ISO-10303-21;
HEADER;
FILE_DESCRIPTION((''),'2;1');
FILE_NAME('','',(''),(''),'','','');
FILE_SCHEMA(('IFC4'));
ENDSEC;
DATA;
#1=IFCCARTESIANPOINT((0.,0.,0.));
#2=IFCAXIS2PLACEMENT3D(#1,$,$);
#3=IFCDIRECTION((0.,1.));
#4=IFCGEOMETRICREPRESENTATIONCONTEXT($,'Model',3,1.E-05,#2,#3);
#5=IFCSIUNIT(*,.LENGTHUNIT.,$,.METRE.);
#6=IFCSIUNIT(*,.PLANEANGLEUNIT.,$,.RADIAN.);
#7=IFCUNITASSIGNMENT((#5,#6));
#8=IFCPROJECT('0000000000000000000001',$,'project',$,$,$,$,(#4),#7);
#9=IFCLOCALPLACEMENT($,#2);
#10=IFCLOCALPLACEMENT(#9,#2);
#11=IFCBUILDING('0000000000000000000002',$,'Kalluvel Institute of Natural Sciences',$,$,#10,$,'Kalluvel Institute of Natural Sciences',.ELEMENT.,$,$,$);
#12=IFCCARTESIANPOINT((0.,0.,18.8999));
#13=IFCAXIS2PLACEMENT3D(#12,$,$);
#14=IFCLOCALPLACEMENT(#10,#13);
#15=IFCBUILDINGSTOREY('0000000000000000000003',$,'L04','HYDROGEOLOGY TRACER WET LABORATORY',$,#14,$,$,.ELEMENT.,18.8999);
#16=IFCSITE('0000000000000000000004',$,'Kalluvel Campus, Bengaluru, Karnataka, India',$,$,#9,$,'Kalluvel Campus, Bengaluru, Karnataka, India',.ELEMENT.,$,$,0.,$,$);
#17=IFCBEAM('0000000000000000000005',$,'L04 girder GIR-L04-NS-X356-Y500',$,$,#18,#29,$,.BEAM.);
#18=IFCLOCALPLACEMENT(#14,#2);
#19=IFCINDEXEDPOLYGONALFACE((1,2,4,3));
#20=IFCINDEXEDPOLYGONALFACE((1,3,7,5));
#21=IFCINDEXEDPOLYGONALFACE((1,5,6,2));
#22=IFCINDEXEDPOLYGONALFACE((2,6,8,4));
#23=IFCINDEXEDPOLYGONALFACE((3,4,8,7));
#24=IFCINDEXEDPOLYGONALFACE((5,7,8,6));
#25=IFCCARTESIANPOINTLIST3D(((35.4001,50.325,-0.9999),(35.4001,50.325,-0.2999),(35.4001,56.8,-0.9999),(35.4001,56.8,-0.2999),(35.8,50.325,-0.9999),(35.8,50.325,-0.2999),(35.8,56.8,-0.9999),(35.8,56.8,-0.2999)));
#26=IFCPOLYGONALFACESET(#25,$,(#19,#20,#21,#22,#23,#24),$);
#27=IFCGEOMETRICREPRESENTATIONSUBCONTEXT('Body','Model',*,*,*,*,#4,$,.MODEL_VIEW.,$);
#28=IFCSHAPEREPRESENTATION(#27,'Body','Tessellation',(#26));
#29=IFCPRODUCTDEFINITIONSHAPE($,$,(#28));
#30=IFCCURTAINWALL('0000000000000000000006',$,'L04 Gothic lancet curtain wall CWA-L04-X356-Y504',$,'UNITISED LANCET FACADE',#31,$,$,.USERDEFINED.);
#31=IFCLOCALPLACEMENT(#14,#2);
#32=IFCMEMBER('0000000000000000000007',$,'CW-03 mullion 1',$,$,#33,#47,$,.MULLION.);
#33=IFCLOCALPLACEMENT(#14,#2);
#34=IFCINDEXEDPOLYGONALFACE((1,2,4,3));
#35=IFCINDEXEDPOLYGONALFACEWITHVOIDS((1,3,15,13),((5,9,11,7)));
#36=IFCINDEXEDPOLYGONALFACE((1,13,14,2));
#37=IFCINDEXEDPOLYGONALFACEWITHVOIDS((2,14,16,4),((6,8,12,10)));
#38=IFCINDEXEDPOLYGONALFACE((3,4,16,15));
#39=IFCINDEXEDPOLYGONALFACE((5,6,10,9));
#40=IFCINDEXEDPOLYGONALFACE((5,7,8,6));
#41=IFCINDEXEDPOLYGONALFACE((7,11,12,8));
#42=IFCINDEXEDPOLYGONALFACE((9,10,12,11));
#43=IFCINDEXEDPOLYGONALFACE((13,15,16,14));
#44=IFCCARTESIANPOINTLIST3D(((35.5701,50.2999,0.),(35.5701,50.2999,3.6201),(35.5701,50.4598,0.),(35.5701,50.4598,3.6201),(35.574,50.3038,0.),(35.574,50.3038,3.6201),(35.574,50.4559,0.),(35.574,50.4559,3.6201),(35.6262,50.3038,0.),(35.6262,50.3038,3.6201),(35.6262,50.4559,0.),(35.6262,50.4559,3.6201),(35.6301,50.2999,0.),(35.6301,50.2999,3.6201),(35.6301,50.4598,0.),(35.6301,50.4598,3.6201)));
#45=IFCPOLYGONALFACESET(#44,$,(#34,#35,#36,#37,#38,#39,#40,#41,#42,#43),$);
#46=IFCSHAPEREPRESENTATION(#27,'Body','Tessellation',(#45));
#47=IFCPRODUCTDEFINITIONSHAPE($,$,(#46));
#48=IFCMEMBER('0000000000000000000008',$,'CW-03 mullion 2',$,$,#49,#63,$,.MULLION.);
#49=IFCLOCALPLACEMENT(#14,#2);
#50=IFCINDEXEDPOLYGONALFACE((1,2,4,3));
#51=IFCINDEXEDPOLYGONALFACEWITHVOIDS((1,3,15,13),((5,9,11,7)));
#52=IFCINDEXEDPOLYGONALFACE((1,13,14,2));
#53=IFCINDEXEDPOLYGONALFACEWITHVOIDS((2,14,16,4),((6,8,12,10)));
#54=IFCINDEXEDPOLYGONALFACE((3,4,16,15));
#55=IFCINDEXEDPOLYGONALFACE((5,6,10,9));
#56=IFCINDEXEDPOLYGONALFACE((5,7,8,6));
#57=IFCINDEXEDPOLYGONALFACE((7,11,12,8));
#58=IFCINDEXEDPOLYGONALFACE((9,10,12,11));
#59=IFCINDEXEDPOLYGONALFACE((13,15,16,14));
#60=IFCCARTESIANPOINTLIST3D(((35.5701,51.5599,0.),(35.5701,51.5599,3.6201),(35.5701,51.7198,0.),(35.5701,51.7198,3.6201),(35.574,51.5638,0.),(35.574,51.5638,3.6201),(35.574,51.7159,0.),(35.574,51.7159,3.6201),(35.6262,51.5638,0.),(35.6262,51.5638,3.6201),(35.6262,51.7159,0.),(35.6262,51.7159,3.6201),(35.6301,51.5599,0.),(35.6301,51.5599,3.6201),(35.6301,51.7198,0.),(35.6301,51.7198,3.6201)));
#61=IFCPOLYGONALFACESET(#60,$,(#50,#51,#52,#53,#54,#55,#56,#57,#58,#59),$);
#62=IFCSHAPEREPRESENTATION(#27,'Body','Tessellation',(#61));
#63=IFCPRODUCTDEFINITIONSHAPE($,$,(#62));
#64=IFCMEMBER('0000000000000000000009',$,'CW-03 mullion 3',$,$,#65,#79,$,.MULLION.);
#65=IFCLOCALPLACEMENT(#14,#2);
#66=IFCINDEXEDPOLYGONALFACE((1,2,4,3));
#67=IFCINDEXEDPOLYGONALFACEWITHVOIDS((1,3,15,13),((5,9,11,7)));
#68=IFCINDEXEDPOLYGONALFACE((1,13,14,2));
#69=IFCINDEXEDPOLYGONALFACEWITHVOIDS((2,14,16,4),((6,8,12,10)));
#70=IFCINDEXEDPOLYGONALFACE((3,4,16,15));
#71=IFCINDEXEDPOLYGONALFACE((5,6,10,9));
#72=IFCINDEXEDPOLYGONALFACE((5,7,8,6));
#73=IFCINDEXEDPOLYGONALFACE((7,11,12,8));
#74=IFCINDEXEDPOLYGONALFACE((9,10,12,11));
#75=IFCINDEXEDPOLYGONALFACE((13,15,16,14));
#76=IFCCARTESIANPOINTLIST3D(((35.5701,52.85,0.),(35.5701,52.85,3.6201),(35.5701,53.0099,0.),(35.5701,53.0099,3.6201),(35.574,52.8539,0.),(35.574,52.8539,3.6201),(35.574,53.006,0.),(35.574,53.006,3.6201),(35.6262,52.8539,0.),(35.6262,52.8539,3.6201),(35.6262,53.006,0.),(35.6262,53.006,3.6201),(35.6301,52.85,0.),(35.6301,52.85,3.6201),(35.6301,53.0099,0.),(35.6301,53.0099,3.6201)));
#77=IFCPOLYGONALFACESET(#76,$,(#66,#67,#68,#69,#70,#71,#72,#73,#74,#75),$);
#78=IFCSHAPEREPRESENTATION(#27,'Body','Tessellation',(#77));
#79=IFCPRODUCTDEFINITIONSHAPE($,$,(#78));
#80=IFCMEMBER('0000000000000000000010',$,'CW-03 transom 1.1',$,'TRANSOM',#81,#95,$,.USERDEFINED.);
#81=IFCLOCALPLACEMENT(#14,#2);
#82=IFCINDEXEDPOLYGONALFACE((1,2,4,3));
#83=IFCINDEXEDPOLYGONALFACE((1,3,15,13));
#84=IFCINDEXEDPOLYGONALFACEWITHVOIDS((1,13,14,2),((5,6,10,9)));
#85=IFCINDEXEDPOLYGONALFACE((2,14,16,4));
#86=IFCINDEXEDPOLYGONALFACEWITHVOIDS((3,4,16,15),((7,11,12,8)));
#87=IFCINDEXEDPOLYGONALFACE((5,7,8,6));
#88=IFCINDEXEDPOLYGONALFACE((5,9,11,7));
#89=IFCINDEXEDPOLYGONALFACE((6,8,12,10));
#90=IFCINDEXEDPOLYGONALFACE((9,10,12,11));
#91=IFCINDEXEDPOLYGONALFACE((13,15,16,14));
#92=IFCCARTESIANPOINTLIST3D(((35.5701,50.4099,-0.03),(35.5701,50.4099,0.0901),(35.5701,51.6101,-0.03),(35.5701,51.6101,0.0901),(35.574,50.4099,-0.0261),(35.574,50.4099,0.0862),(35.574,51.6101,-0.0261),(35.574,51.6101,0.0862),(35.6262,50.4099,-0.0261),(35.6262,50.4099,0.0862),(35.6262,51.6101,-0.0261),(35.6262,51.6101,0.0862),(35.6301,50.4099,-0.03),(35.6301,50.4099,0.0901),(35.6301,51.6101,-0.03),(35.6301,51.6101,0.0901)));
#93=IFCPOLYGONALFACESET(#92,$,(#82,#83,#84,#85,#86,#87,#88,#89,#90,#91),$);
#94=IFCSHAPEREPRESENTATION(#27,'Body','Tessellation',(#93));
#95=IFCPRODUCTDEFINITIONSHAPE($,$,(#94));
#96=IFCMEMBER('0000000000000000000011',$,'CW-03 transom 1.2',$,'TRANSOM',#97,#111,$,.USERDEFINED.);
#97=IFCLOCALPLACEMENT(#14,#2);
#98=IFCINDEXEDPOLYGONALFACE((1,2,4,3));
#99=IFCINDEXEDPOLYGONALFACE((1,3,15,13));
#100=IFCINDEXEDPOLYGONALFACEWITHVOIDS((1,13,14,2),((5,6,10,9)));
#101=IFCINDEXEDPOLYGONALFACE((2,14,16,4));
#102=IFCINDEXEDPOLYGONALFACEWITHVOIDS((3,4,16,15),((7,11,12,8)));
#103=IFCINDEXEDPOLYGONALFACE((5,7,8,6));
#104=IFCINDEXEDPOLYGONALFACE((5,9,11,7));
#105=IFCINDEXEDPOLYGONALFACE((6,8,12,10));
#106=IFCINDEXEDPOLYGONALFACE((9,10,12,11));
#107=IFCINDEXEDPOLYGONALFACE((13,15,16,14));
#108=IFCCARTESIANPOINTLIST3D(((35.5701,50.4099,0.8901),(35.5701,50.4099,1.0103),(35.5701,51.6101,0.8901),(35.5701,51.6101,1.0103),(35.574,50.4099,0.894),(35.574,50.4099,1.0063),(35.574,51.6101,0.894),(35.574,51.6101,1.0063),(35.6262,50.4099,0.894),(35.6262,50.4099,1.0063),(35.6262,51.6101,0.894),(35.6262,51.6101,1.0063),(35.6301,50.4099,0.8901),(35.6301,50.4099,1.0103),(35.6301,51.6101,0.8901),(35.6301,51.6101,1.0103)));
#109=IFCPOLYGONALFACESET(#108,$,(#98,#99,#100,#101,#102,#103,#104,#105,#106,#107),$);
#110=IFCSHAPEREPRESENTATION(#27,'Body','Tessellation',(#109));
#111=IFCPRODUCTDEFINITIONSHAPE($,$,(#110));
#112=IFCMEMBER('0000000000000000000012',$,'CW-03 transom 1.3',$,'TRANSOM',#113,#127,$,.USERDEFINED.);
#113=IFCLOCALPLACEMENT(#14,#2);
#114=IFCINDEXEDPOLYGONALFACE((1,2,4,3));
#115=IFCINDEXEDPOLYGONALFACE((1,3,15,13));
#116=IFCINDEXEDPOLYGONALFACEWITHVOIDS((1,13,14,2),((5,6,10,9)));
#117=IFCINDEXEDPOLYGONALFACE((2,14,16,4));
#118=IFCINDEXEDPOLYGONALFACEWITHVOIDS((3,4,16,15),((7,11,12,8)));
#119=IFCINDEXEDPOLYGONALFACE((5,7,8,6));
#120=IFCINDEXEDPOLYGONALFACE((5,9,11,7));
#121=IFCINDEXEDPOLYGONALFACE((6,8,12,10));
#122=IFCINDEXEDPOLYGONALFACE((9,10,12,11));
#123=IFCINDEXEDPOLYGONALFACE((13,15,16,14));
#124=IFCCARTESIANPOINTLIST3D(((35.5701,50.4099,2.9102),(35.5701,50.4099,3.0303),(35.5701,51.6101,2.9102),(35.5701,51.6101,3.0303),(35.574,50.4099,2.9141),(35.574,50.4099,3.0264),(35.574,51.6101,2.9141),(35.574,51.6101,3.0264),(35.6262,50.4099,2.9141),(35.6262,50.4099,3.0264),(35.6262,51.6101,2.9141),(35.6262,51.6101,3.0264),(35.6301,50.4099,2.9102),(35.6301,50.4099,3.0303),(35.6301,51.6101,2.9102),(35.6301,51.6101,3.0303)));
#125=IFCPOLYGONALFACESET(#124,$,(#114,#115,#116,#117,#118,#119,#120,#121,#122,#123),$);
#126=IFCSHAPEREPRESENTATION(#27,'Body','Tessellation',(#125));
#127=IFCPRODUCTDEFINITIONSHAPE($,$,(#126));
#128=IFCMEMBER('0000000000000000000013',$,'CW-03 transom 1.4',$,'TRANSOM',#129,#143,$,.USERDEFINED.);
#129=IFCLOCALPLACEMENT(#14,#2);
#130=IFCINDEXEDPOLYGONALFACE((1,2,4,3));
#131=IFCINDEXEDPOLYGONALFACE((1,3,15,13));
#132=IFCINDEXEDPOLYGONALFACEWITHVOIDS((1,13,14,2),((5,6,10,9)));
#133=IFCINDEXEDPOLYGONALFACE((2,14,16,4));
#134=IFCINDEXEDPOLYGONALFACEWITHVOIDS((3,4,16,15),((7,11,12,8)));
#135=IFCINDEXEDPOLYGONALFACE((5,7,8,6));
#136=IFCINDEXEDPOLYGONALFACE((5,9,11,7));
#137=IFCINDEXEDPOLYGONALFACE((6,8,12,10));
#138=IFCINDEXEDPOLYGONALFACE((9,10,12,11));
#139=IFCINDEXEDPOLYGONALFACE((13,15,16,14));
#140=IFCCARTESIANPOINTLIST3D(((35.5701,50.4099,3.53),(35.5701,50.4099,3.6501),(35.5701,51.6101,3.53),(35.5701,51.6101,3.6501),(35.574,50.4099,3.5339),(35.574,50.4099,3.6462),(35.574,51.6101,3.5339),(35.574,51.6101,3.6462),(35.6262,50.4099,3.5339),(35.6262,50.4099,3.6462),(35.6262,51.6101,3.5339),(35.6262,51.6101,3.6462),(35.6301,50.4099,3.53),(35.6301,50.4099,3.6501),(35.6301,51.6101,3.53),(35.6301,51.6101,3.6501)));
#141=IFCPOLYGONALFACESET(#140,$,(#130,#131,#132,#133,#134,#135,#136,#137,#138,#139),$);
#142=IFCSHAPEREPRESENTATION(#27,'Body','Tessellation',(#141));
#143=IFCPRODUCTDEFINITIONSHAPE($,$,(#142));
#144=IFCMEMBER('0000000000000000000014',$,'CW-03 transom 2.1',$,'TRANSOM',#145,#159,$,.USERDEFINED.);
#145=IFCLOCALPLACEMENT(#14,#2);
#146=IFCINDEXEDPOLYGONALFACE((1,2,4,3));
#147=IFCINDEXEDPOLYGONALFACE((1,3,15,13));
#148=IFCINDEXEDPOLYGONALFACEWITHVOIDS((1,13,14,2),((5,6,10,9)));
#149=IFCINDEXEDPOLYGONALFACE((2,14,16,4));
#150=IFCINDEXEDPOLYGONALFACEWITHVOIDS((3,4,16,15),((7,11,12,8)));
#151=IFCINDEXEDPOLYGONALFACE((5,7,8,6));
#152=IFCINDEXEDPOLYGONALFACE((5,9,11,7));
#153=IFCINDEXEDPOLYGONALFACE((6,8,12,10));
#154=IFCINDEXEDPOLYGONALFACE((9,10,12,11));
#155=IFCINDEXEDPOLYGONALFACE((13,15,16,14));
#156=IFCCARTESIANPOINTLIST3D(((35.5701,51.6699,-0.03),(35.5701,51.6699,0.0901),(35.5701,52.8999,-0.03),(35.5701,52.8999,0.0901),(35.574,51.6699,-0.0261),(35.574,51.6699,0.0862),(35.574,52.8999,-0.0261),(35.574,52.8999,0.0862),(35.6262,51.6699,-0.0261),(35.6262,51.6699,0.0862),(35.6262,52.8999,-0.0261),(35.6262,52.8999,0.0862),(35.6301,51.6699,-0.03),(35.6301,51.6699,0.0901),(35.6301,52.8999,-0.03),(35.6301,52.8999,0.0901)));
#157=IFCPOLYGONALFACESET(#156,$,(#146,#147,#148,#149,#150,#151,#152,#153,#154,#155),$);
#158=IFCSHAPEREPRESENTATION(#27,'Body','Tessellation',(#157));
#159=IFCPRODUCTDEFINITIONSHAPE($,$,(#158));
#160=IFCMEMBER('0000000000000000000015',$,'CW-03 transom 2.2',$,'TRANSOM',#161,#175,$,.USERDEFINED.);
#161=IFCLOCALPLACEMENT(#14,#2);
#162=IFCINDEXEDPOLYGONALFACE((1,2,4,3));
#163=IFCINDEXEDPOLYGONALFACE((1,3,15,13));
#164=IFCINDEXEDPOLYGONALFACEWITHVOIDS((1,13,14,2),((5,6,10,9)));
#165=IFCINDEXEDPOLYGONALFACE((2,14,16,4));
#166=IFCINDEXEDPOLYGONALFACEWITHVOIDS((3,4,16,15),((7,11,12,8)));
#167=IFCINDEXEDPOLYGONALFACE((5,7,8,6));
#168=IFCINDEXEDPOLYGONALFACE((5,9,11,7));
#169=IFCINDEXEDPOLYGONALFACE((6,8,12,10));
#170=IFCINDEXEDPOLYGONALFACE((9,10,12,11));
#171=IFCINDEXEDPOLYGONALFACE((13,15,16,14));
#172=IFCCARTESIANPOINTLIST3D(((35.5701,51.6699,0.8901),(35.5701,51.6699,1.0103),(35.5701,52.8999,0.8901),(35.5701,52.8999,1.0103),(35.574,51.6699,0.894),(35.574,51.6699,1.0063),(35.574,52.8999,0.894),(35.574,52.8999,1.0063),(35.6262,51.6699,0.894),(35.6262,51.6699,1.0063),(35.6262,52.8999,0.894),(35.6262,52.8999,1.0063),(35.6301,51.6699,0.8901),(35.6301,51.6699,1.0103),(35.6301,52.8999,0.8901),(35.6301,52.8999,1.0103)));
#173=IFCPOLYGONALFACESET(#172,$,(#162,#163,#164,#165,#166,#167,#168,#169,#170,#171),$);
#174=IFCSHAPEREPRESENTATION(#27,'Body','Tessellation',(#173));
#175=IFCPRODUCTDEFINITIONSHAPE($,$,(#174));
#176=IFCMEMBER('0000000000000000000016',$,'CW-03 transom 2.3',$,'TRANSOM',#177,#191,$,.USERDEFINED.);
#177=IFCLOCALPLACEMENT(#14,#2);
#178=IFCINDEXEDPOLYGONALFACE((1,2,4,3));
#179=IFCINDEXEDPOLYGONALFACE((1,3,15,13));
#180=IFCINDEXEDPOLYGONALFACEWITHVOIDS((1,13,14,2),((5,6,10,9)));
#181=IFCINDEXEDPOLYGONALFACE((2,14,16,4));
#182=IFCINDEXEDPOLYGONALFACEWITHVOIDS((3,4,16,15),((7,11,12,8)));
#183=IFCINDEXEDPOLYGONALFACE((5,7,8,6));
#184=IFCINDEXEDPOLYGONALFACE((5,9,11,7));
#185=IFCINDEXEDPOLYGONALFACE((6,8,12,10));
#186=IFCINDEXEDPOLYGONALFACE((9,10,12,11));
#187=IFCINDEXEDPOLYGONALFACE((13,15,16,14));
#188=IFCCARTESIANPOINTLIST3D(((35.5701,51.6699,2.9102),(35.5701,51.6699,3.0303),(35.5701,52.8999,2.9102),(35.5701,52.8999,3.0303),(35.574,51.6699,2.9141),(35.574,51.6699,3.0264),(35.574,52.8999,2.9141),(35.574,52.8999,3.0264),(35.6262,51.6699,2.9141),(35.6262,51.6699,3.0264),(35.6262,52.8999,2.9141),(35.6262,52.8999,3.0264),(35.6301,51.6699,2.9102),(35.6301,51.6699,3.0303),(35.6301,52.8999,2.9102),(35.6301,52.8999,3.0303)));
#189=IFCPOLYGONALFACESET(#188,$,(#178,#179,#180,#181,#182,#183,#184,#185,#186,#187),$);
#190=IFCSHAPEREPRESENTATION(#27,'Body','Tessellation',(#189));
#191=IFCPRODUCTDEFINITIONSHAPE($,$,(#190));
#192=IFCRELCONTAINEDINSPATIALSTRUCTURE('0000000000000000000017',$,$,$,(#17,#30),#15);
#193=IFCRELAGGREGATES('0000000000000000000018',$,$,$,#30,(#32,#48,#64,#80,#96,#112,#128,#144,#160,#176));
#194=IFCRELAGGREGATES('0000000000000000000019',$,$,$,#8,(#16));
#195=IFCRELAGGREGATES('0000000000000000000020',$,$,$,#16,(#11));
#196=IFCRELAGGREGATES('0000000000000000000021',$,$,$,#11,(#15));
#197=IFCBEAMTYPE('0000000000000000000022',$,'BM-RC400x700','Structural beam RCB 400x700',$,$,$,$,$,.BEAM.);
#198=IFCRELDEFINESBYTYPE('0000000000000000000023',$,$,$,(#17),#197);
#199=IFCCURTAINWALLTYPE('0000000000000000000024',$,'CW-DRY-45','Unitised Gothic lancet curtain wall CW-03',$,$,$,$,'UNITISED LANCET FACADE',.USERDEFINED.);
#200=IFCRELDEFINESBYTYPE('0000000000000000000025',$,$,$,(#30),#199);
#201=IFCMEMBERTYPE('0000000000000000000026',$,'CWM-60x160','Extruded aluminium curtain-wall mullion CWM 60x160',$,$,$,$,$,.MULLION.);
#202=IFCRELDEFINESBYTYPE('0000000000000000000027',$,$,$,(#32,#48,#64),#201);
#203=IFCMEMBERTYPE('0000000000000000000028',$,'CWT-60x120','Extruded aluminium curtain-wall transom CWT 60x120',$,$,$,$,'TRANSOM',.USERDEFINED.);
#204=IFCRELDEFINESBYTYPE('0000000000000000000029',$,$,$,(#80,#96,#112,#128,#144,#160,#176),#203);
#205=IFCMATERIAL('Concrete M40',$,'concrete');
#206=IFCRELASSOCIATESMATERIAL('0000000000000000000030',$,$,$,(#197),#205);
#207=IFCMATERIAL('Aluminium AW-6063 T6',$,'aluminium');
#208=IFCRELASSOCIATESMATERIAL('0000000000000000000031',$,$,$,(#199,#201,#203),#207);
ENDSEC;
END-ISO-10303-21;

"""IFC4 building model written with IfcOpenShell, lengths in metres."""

from ifc_helpers import new_model, si_unit, direction, frame, origin, origin_2d, place, context, subcontext, project, spatial, rectangle, hollow_rectangle, extrude, material, material_profile, profile_set, type_object, element, aggregate, save


model = new_model("IFC4")

# Units and contexts
model_context = context("Model", 3, precision=1e-05, world=origin(), true_north=direction((0.0, 1.0)))
body_context = subcontext(model_context, "Body", "Model", "MODEL_VIEW")
ifc_project = project(units=[si_unit("LENGTHUNIT", "METRE"), si_unit("PLANEANGLEUNIT", "RADIAN")], contexts=[model_context])

# Site, building, storey
site_placement = place(None, origin())
site = spatial("IfcSite", under=ifc_project, at=site_placement, Name="Kalluvel Campus, Bengaluru, Karnataka, India", LongName="Kalluvel Campus, Bengaluru, Karnataka, India", CompositionType="ELEMENT", RefElevation=0.0)
building_placement = place(site_placement, origin())
building = spatial("IfcBuilding", under=site, at=building_placement, Name="Kalluvel Institute of Natural Sciences", LongName="Kalluvel Institute of Natural Sciences", CompositionType="ELEMENT")
storey_placement = place(building_placement, frame((0.0, 0.0, 18.8999)))
storey = spatial("IfcBuildingStorey", under=building, at=storey_placement, Name="L04", Description="HYDROGEOLOGY TRACER WET LABORATORY", CompositionType="ELEMENT", Elevation=18.8999)

# Beam
ifc_material_1 = material(Name="Concrete M40", Category="concrete")
ifc_material_profile_1 = material_profile(ifc_material_1, rectangle(XDim=0.3999, YDim=0.7, at=origin_2d()), Name="RCB 400x700")
ifc_profile_set_1 = profile_set([ifc_material_profile_1], Name="Concrete M40")
beam_type = type_object("IfcBeamType", Name="BM-RC400x700", Description="Structural beam RCB 400x700", PredefinedType="BEAM", material=ifc_profile_set_1)
beam_placement = place(storey_placement, frame((35.6001, 50.325, -0.6499), z_axis=(0.0, 1.0, 0.0), x_axis=(-1.0, 0.0, 0.0)))
element("IfcBeam", 1, at=beam_placement, inside=storey, type_object=beam_type, Name="L04 girder GIR-L04-NS-X356-Y500", PredefinedType="BEAM", context=body_context, shape_type="SweptSolid", body=[
    extrude(rectangle(XDim=0.3999, YDim=0.7, at=origin_2d()), origin(), (0.0, 0.0, 1.0), 6.4751),
])

# Curtain wall, members
ifc_material_2 = material(Name="Aluminium AW-6063 T6", Category="aluminium")
curtain_wall_type = type_object("IfcCurtainWallType", Name="CW-DRY-45", Description="Unitised Gothic lancet curtain wall CW-03", ElementType="UNITISED LANCET FACADE", PredefinedType="USERDEFINED", material=ifc_material_2)
curtain_wall_placement = place(storey_placement, origin())
curtain_wall = element("IfcCurtainWall", 2, at=curtain_wall_placement, inside=storey, type_object=curtain_wall_type, Name="L04 Gothic lancet curtain wall CWA-L04-X356-Y504", ObjectType="UNITISED LANCET FACADE", PredefinedType="USERDEFINED")
ifc_material_profile_2 = material_profile(ifc_material_2, hollow_rectangle(XDim=0.0601, YDim=0.1599, WallThickness=0.0039, at=origin_2d()), Name="CWM 60x160")
ifc_profile_set_2 = profile_set([ifc_material_profile_2], Name="Aluminium AW-6063 T6")
member_type_1 = type_object("IfcMemberType", Name="CWM-60x160", Description="Extruded aluminium curtain-wall mullion CWM 60x160", PredefinedType="MULLION", material=ifc_profile_set_2)
member_1_placement = place(storey_placement, frame((35.6001, 50.3799, 0.0), z_axis=(0.0, 0.0, 1.0), x_axis=(-1.0, 0.0, 0.0)))
member_1 = element("IfcMember", 3, at=member_1_placement, type_object=member_type_1, Name="CW-03 mullion 1", PredefinedType="MULLION", context=body_context, shape_type="SweptSolid", body=[
    extrude(hollow_rectangle(XDim=0.0601, YDim=0.1599, WallThickness=0.0039, at=origin_2d()), origin(), (0.0, 0.0, 1.0), 3.6201),
])
member_2_placement = place(storey_placement, frame((35.6001, 51.6399, 0.0), z_axis=(0.0, 0.0, 1.0), x_axis=(-1.0, 0.0, 0.0)))
member_2 = element("IfcMember", 4, at=member_2_placement, type_object=member_type_1, Name="CW-03 mullion 2", PredefinedType="MULLION", context=body_context, shape_type="SweptSolid", body=[
    extrude(hollow_rectangle(XDim=0.0601, YDim=0.1599, WallThickness=0.0039, at=origin_2d()), origin(), (0.0, 0.0, 1.0), 3.6201),
])
member_3_placement = place(storey_placement, frame((35.6001, 52.9299, 0.0), z_axis=(0.0, 0.0, 1.0), x_axis=(-1.0, 0.0, 0.0)))
member_3 = element("IfcMember", 5, at=member_3_placement, type_object=member_type_1, Name="CW-03 mullion 3", PredefinedType="MULLION", context=body_context, shape_type="SweptSolid", body=[
    extrude(hollow_rectangle(XDim=0.0601, YDim=0.1599, WallThickness=0.0039, at=origin_2d()), origin(), (0.0, 0.0, 1.0), 3.6201),
])
ifc_material_profile_3 = material_profile(ifc_material_2, hollow_rectangle(XDim=0.0601, YDim=0.1201, WallThickness=0.0039, at=origin_2d()), Name="CWT 60x120")
ifc_profile_set_3 = profile_set([ifc_material_profile_3], Name="Aluminium AW-6063 T6")
member_type_2 = type_object("IfcMemberType", Name="CWT-60x120", Description="Extruded aluminium curtain-wall transom CWT 60x120", ElementType="TRANSOM", PredefinedType="USERDEFINED", material=ifc_profile_set_3)
member_4_placement = place(storey_placement, frame((35.6001, 50.4099, 0.03), z_axis=(0.0, 1.0, 0.0), x_axis=(-1.0, 0.0, 0.0)))
member_4 = element("IfcMember", 6, at=member_4_placement, type_object=member_type_2, Name="CW-03 transom 1.1", ObjectType="TRANSOM", PredefinedType="USERDEFINED", context=body_context, shape_type="SweptSolid", body=[
    extrude(hollow_rectangle(XDim=0.0601, YDim=0.1201, WallThickness=0.0039, at=origin_2d()), origin(), (0.0, 0.0, 1.0), 1.2002),
])
member_5_placement = place(storey_placement, frame((35.6001, 50.4099, 0.9502), z_axis=(0.0, 1.0, 0.0), x_axis=(-1.0, 0.0, 0.0)))
member_5 = element("IfcMember", 7, at=member_5_placement, type_object=member_type_2, Name="CW-03 transom 1.2", ObjectType="TRANSOM", PredefinedType="USERDEFINED", context=body_context, shape_type="SweptSolid", body=[
    extrude(hollow_rectangle(XDim=0.0601, YDim=0.1201, WallThickness=0.0039, at=origin_2d()), origin(), (0.0, 0.0, 1.0), 1.2002),
])
member_6_placement = place(storey_placement, frame((35.6001, 50.4099, 2.9702), z_axis=(0.0, 1.0, 0.0), x_axis=(-1.0, 0.0, 0.0)))
member_6 = element("IfcMember", 8, at=member_6_placement, type_object=member_type_2, Name="CW-03 transom 1.3", ObjectType="TRANSOM", PredefinedType="USERDEFINED", context=body_context, shape_type="SweptSolid", body=[
    extrude(hollow_rectangle(XDim=0.0601, YDim=0.1201, WallThickness=0.0039, at=origin_2d()), origin(), (0.0, 0.0, 1.0), 1.2002),
])
member_7_placement = place(storey_placement, frame((35.6001, 50.4099, 3.5901), z_axis=(0.0, 1.0, 0.0), x_axis=(-1.0, 0.0, 0.0)))
member_7 = element("IfcMember", 9, at=member_7_placement, type_object=member_type_2, Name="CW-03 transom 1.4", ObjectType="TRANSOM", PredefinedType="USERDEFINED", context=body_context, shape_type="SweptSolid", body=[
    extrude(hollow_rectangle(XDim=0.0601, YDim=0.1201, WallThickness=0.0039, at=origin_2d()), origin(), (0.0, 0.0, 1.0), 1.2002),
])
member_8_placement = place(storey_placement, frame((35.6001, 51.6699, 0.03), z_axis=(0.0, 1.0, 0.0), x_axis=(-1.0, 0.0, 0.0)))
member_8 = element("IfcMember", 10, at=member_8_placement, type_object=member_type_2, Name="CW-03 transom 2.1", ObjectType="TRANSOM", PredefinedType="USERDEFINED", context=body_context, shape_type="SweptSolid", body=[
    extrude(hollow_rectangle(XDim=0.0601, YDim=0.1201, WallThickness=0.0039, at=origin_2d()), origin(), (0.0, 0.0, 1.0), 1.23),
])
member_9_placement = place(storey_placement, frame((35.6001, 51.6699, 0.9502), z_axis=(0.0, 1.0, 0.0), x_axis=(-1.0, 0.0, 0.0)))
member_9 = element("IfcMember", 11, at=member_9_placement, type_object=member_type_2, Name="CW-03 transom 2.2", ObjectType="TRANSOM", PredefinedType="USERDEFINED", context=body_context, shape_type="SweptSolid", body=[
    extrude(hollow_rectangle(XDim=0.0601, YDim=0.1201, WallThickness=0.0039, at=origin_2d()), origin(), (0.0, 0.0, 1.0), 1.23),
])
member_10_placement = place(storey_placement, frame((35.6001, 51.6699, 2.9702), z_axis=(0.0, 1.0, 0.0), x_axis=(-1.0, 0.0, 0.0)))
member_10 = element("IfcMember", 12, at=member_10_placement, type_object=member_type_2, Name="CW-03 transom 2.3", ObjectType="TRANSOM", PredefinedType="USERDEFINED", context=body_context, shape_type="SweptSolid", body=[
    extrude(hollow_rectangle(XDim=0.0601, YDim=0.1201, WallThickness=0.0039, at=origin_2d()), origin(), (0.0, 0.0, 1.0), 1.23),
])
aggregate(curtain_wall, [member_1, member_2, member_3, member_4, member_5, member_6, member_7, member_8, member_9, member_10])

save(model, "model.ifc")
